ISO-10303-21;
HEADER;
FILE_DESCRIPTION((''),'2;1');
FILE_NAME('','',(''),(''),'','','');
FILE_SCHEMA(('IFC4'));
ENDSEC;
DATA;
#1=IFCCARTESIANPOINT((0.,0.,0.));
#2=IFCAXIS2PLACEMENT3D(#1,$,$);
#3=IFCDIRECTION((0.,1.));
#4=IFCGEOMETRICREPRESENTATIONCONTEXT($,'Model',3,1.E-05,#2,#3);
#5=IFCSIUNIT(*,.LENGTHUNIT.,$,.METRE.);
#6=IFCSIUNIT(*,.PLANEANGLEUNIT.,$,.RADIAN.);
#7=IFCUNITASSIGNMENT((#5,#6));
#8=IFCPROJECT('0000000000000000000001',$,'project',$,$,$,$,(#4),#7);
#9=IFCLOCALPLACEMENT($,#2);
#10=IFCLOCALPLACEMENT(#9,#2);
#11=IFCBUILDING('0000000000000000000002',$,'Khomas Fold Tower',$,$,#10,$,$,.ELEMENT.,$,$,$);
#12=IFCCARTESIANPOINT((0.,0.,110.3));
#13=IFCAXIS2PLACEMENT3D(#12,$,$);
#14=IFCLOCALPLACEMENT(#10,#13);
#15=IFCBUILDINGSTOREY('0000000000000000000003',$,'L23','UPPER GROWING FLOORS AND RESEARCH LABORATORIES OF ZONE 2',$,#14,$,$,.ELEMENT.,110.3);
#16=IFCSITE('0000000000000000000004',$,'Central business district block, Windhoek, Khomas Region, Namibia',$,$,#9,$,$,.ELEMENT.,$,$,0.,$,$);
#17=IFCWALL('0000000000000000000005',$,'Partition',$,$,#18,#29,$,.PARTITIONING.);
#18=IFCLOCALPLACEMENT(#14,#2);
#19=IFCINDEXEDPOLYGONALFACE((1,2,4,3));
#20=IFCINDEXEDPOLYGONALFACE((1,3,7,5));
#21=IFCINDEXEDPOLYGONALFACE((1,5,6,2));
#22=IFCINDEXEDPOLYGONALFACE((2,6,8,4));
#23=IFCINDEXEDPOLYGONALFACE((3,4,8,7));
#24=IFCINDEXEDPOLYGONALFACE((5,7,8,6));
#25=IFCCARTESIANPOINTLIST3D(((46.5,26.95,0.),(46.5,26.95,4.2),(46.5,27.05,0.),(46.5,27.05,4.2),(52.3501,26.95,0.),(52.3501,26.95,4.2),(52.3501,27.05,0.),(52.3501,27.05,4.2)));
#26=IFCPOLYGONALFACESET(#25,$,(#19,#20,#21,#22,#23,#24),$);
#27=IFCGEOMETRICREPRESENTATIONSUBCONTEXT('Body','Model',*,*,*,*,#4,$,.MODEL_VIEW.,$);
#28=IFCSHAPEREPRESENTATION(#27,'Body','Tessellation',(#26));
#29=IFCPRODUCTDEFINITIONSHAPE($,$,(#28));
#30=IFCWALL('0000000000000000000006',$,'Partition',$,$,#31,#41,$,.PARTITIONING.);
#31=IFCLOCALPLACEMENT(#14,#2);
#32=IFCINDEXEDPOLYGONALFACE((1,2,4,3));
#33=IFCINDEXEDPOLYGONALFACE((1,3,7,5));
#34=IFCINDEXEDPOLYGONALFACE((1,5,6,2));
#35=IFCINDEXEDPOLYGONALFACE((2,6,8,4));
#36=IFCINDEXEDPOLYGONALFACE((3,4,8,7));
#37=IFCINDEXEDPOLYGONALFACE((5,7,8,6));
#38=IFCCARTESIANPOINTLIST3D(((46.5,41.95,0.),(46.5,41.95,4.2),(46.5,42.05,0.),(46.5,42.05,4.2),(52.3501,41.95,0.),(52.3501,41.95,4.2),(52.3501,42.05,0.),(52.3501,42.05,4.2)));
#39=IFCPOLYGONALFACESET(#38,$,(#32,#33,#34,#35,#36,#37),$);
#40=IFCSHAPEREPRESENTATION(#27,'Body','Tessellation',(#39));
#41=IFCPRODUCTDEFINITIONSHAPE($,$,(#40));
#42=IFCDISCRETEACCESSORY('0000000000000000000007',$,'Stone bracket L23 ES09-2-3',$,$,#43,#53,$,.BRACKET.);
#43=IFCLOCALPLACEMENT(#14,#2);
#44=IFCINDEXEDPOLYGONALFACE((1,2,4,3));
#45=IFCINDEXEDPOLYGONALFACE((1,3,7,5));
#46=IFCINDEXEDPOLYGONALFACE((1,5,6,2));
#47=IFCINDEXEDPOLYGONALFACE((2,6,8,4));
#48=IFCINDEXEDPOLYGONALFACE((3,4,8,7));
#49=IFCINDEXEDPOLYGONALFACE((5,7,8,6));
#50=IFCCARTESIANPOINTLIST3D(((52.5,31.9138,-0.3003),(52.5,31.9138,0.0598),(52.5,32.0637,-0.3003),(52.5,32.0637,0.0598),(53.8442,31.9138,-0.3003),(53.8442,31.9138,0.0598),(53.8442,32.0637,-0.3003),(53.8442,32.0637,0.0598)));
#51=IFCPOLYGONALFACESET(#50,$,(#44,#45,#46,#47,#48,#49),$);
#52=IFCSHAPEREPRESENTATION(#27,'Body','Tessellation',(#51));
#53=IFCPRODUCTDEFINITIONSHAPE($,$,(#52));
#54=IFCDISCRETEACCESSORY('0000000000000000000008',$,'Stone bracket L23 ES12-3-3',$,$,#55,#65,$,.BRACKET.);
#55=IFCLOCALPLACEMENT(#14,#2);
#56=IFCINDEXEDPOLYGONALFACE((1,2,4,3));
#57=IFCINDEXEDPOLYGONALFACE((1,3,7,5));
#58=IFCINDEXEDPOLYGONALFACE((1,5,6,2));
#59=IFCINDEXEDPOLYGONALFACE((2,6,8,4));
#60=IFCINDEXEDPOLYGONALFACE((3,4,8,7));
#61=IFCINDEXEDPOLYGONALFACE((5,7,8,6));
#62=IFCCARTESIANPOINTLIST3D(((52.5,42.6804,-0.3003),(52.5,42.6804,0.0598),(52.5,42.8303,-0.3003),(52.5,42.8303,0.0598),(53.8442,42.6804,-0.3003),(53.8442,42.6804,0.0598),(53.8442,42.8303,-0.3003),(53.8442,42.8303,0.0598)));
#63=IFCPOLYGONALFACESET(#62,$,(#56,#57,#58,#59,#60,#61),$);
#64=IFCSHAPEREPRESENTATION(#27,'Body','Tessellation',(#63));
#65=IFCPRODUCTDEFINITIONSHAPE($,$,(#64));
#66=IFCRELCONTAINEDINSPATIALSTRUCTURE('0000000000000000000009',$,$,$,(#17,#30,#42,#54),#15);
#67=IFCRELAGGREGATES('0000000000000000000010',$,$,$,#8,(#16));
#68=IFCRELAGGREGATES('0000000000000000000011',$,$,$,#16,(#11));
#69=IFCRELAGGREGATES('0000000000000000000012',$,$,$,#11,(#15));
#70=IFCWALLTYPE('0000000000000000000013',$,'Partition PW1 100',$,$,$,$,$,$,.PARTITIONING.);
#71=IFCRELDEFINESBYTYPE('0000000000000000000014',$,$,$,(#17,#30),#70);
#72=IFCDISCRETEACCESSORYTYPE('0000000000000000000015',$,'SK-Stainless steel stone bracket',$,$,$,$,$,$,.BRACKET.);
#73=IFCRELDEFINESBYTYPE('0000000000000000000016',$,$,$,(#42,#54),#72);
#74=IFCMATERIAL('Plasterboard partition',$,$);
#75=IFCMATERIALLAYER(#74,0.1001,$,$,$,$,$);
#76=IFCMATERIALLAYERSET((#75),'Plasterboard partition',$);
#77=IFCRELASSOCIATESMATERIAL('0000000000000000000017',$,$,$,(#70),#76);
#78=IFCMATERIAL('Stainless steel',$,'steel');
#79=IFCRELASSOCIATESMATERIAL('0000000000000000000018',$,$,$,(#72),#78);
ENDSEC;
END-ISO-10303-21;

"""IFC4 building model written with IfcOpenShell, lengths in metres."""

from ifc_helpers import new_model, si_unit, direction, frame, frame_2d, origin, origin_2d, place, context, subcontext, project, spatial, rectangle, extrude, source, transform, mapped, material, layer, layer_set, type_object, element, save


model = new_model("IFC4")

# Units and contexts
model_context = context("Model", 3, precision=1e-05, world=origin(), true_north=direction((0.0, 1.0)))
body_context = subcontext(model_context, "Body", "Model", "MODEL_VIEW")
ifc_project = project(units=[si_unit("LENGTHUNIT", "METRE"), si_unit("PLANEANGLEUNIT", "RADIAN")], contexts=[model_context])

# Site, building, storey
site_placement = place(None, origin())
site = spatial("IfcSite", under=ifc_project, at=site_placement, Name="Central business district block, Windhoek, Khomas Region, Namibia", CompositionType="ELEMENT", RefElevation=0.0)
building_placement = place(site_placement, origin())
building = spatial("IfcBuilding", under=site, at=building_placement, Name="Khomas Fold Tower", CompositionType="ELEMENT")
storey_placement = place(building_placement, frame((0.0, 0.0, 110.3)))
storey = spatial("IfcBuildingStorey", under=building, at=storey_placement, Name="L23", Description="UPPER GROWING FLOORS AND RESEARCH LABORATORIES OF ZONE 2", CompositionType="ELEMENT", Elevation=110.3)

# Walls
ifc_material_1 = material(Name="Plasterboard partition")
ifc_layer_1 = layer(ifc_material_1, 0.1001)
ifc_layer_set_1 = layer_set([ifc_layer_1], Name="Plasterboard partition")
wall_type_1 = type_object("IfcWallType", Name="Partition PW1 100", PredefinedType="PARTITIONING", material=ifc_layer_set_1)
shared_shape_1 = source(origin(), body_context, "Body", "SweptSolid", [
    extrude(rectangle(XDim=5.8501, YDim=0.1001, at=frame_2d((2.925, 0.0))), origin(), (0.0, 0.0, 1.0), 4.2),
])
for number, where, z_axis, x_axis, name in (
    (1, (46.5, 27.0, 0.0), (0.0, 0.0, 1.0), (1.0, 0.0, 0.0), "Partition"),
    (2, (46.5, 42.0, 0.0), (0.0, 0.0, 1.0), (1.0, 0.0, 0.0), "Partition"),
):
    element("IfcWall", number, at=place(storey_placement, frame(where, z_axis=z_axis, x_axis=x_axis)), inside=storey, type_object=wall_type_1, Name=name, PredefinedType="PARTITIONING", context=body_context, shape_type="MappedRepresentation", body=[
        mapped(shared_shape_1, transform((0.0, 0.0, 0.0))),
    ])

# Discrete accessories
ifc_material_2 = material(Name="Stainless steel", Category="steel")
discrete_accessory_type = type_object("IfcDiscreteAccessoryType", Name="SK-Stainless steel stone bracket", PredefinedType="BRACKET", material=ifc_material_2)
shared_shape_2 = source(origin(), body_context, "Body", "SweptSolid", [
    extrude(rectangle(XDim=1.3442, YDim=0.1499, at=origin_2d()), origin(), (0.0, 0.0, 1.0), 0.3601),
])
for number, where, z_axis, x_axis, name in (
    (3, (53.1721, 31.9888, -0.3003), (0.0, 0.0, 1.0), (1.0, 0.0, 0.0), "Stone bracket L23 ES09-2-3"),
    (4, (53.1721, 42.7554, -0.3003), (0.0, 0.0, 1.0), (1.0, 0.0, 0.0), "Stone bracket L23 ES12-3-3"),
):
    element("IfcDiscreteAccessory", number, at=place(storey_placement, frame(where, z_axis=z_axis, x_axis=x_axis)), inside=storey, type_object=discrete_accessory_type, Name=name, PredefinedType="BRACKET", context=body_context, shape_type="MappedRepresentation", body=[
        mapped(shared_shape_2, transform((0.0, 0.0, 0.0))),
    ])

save(model, "model.ifc")
